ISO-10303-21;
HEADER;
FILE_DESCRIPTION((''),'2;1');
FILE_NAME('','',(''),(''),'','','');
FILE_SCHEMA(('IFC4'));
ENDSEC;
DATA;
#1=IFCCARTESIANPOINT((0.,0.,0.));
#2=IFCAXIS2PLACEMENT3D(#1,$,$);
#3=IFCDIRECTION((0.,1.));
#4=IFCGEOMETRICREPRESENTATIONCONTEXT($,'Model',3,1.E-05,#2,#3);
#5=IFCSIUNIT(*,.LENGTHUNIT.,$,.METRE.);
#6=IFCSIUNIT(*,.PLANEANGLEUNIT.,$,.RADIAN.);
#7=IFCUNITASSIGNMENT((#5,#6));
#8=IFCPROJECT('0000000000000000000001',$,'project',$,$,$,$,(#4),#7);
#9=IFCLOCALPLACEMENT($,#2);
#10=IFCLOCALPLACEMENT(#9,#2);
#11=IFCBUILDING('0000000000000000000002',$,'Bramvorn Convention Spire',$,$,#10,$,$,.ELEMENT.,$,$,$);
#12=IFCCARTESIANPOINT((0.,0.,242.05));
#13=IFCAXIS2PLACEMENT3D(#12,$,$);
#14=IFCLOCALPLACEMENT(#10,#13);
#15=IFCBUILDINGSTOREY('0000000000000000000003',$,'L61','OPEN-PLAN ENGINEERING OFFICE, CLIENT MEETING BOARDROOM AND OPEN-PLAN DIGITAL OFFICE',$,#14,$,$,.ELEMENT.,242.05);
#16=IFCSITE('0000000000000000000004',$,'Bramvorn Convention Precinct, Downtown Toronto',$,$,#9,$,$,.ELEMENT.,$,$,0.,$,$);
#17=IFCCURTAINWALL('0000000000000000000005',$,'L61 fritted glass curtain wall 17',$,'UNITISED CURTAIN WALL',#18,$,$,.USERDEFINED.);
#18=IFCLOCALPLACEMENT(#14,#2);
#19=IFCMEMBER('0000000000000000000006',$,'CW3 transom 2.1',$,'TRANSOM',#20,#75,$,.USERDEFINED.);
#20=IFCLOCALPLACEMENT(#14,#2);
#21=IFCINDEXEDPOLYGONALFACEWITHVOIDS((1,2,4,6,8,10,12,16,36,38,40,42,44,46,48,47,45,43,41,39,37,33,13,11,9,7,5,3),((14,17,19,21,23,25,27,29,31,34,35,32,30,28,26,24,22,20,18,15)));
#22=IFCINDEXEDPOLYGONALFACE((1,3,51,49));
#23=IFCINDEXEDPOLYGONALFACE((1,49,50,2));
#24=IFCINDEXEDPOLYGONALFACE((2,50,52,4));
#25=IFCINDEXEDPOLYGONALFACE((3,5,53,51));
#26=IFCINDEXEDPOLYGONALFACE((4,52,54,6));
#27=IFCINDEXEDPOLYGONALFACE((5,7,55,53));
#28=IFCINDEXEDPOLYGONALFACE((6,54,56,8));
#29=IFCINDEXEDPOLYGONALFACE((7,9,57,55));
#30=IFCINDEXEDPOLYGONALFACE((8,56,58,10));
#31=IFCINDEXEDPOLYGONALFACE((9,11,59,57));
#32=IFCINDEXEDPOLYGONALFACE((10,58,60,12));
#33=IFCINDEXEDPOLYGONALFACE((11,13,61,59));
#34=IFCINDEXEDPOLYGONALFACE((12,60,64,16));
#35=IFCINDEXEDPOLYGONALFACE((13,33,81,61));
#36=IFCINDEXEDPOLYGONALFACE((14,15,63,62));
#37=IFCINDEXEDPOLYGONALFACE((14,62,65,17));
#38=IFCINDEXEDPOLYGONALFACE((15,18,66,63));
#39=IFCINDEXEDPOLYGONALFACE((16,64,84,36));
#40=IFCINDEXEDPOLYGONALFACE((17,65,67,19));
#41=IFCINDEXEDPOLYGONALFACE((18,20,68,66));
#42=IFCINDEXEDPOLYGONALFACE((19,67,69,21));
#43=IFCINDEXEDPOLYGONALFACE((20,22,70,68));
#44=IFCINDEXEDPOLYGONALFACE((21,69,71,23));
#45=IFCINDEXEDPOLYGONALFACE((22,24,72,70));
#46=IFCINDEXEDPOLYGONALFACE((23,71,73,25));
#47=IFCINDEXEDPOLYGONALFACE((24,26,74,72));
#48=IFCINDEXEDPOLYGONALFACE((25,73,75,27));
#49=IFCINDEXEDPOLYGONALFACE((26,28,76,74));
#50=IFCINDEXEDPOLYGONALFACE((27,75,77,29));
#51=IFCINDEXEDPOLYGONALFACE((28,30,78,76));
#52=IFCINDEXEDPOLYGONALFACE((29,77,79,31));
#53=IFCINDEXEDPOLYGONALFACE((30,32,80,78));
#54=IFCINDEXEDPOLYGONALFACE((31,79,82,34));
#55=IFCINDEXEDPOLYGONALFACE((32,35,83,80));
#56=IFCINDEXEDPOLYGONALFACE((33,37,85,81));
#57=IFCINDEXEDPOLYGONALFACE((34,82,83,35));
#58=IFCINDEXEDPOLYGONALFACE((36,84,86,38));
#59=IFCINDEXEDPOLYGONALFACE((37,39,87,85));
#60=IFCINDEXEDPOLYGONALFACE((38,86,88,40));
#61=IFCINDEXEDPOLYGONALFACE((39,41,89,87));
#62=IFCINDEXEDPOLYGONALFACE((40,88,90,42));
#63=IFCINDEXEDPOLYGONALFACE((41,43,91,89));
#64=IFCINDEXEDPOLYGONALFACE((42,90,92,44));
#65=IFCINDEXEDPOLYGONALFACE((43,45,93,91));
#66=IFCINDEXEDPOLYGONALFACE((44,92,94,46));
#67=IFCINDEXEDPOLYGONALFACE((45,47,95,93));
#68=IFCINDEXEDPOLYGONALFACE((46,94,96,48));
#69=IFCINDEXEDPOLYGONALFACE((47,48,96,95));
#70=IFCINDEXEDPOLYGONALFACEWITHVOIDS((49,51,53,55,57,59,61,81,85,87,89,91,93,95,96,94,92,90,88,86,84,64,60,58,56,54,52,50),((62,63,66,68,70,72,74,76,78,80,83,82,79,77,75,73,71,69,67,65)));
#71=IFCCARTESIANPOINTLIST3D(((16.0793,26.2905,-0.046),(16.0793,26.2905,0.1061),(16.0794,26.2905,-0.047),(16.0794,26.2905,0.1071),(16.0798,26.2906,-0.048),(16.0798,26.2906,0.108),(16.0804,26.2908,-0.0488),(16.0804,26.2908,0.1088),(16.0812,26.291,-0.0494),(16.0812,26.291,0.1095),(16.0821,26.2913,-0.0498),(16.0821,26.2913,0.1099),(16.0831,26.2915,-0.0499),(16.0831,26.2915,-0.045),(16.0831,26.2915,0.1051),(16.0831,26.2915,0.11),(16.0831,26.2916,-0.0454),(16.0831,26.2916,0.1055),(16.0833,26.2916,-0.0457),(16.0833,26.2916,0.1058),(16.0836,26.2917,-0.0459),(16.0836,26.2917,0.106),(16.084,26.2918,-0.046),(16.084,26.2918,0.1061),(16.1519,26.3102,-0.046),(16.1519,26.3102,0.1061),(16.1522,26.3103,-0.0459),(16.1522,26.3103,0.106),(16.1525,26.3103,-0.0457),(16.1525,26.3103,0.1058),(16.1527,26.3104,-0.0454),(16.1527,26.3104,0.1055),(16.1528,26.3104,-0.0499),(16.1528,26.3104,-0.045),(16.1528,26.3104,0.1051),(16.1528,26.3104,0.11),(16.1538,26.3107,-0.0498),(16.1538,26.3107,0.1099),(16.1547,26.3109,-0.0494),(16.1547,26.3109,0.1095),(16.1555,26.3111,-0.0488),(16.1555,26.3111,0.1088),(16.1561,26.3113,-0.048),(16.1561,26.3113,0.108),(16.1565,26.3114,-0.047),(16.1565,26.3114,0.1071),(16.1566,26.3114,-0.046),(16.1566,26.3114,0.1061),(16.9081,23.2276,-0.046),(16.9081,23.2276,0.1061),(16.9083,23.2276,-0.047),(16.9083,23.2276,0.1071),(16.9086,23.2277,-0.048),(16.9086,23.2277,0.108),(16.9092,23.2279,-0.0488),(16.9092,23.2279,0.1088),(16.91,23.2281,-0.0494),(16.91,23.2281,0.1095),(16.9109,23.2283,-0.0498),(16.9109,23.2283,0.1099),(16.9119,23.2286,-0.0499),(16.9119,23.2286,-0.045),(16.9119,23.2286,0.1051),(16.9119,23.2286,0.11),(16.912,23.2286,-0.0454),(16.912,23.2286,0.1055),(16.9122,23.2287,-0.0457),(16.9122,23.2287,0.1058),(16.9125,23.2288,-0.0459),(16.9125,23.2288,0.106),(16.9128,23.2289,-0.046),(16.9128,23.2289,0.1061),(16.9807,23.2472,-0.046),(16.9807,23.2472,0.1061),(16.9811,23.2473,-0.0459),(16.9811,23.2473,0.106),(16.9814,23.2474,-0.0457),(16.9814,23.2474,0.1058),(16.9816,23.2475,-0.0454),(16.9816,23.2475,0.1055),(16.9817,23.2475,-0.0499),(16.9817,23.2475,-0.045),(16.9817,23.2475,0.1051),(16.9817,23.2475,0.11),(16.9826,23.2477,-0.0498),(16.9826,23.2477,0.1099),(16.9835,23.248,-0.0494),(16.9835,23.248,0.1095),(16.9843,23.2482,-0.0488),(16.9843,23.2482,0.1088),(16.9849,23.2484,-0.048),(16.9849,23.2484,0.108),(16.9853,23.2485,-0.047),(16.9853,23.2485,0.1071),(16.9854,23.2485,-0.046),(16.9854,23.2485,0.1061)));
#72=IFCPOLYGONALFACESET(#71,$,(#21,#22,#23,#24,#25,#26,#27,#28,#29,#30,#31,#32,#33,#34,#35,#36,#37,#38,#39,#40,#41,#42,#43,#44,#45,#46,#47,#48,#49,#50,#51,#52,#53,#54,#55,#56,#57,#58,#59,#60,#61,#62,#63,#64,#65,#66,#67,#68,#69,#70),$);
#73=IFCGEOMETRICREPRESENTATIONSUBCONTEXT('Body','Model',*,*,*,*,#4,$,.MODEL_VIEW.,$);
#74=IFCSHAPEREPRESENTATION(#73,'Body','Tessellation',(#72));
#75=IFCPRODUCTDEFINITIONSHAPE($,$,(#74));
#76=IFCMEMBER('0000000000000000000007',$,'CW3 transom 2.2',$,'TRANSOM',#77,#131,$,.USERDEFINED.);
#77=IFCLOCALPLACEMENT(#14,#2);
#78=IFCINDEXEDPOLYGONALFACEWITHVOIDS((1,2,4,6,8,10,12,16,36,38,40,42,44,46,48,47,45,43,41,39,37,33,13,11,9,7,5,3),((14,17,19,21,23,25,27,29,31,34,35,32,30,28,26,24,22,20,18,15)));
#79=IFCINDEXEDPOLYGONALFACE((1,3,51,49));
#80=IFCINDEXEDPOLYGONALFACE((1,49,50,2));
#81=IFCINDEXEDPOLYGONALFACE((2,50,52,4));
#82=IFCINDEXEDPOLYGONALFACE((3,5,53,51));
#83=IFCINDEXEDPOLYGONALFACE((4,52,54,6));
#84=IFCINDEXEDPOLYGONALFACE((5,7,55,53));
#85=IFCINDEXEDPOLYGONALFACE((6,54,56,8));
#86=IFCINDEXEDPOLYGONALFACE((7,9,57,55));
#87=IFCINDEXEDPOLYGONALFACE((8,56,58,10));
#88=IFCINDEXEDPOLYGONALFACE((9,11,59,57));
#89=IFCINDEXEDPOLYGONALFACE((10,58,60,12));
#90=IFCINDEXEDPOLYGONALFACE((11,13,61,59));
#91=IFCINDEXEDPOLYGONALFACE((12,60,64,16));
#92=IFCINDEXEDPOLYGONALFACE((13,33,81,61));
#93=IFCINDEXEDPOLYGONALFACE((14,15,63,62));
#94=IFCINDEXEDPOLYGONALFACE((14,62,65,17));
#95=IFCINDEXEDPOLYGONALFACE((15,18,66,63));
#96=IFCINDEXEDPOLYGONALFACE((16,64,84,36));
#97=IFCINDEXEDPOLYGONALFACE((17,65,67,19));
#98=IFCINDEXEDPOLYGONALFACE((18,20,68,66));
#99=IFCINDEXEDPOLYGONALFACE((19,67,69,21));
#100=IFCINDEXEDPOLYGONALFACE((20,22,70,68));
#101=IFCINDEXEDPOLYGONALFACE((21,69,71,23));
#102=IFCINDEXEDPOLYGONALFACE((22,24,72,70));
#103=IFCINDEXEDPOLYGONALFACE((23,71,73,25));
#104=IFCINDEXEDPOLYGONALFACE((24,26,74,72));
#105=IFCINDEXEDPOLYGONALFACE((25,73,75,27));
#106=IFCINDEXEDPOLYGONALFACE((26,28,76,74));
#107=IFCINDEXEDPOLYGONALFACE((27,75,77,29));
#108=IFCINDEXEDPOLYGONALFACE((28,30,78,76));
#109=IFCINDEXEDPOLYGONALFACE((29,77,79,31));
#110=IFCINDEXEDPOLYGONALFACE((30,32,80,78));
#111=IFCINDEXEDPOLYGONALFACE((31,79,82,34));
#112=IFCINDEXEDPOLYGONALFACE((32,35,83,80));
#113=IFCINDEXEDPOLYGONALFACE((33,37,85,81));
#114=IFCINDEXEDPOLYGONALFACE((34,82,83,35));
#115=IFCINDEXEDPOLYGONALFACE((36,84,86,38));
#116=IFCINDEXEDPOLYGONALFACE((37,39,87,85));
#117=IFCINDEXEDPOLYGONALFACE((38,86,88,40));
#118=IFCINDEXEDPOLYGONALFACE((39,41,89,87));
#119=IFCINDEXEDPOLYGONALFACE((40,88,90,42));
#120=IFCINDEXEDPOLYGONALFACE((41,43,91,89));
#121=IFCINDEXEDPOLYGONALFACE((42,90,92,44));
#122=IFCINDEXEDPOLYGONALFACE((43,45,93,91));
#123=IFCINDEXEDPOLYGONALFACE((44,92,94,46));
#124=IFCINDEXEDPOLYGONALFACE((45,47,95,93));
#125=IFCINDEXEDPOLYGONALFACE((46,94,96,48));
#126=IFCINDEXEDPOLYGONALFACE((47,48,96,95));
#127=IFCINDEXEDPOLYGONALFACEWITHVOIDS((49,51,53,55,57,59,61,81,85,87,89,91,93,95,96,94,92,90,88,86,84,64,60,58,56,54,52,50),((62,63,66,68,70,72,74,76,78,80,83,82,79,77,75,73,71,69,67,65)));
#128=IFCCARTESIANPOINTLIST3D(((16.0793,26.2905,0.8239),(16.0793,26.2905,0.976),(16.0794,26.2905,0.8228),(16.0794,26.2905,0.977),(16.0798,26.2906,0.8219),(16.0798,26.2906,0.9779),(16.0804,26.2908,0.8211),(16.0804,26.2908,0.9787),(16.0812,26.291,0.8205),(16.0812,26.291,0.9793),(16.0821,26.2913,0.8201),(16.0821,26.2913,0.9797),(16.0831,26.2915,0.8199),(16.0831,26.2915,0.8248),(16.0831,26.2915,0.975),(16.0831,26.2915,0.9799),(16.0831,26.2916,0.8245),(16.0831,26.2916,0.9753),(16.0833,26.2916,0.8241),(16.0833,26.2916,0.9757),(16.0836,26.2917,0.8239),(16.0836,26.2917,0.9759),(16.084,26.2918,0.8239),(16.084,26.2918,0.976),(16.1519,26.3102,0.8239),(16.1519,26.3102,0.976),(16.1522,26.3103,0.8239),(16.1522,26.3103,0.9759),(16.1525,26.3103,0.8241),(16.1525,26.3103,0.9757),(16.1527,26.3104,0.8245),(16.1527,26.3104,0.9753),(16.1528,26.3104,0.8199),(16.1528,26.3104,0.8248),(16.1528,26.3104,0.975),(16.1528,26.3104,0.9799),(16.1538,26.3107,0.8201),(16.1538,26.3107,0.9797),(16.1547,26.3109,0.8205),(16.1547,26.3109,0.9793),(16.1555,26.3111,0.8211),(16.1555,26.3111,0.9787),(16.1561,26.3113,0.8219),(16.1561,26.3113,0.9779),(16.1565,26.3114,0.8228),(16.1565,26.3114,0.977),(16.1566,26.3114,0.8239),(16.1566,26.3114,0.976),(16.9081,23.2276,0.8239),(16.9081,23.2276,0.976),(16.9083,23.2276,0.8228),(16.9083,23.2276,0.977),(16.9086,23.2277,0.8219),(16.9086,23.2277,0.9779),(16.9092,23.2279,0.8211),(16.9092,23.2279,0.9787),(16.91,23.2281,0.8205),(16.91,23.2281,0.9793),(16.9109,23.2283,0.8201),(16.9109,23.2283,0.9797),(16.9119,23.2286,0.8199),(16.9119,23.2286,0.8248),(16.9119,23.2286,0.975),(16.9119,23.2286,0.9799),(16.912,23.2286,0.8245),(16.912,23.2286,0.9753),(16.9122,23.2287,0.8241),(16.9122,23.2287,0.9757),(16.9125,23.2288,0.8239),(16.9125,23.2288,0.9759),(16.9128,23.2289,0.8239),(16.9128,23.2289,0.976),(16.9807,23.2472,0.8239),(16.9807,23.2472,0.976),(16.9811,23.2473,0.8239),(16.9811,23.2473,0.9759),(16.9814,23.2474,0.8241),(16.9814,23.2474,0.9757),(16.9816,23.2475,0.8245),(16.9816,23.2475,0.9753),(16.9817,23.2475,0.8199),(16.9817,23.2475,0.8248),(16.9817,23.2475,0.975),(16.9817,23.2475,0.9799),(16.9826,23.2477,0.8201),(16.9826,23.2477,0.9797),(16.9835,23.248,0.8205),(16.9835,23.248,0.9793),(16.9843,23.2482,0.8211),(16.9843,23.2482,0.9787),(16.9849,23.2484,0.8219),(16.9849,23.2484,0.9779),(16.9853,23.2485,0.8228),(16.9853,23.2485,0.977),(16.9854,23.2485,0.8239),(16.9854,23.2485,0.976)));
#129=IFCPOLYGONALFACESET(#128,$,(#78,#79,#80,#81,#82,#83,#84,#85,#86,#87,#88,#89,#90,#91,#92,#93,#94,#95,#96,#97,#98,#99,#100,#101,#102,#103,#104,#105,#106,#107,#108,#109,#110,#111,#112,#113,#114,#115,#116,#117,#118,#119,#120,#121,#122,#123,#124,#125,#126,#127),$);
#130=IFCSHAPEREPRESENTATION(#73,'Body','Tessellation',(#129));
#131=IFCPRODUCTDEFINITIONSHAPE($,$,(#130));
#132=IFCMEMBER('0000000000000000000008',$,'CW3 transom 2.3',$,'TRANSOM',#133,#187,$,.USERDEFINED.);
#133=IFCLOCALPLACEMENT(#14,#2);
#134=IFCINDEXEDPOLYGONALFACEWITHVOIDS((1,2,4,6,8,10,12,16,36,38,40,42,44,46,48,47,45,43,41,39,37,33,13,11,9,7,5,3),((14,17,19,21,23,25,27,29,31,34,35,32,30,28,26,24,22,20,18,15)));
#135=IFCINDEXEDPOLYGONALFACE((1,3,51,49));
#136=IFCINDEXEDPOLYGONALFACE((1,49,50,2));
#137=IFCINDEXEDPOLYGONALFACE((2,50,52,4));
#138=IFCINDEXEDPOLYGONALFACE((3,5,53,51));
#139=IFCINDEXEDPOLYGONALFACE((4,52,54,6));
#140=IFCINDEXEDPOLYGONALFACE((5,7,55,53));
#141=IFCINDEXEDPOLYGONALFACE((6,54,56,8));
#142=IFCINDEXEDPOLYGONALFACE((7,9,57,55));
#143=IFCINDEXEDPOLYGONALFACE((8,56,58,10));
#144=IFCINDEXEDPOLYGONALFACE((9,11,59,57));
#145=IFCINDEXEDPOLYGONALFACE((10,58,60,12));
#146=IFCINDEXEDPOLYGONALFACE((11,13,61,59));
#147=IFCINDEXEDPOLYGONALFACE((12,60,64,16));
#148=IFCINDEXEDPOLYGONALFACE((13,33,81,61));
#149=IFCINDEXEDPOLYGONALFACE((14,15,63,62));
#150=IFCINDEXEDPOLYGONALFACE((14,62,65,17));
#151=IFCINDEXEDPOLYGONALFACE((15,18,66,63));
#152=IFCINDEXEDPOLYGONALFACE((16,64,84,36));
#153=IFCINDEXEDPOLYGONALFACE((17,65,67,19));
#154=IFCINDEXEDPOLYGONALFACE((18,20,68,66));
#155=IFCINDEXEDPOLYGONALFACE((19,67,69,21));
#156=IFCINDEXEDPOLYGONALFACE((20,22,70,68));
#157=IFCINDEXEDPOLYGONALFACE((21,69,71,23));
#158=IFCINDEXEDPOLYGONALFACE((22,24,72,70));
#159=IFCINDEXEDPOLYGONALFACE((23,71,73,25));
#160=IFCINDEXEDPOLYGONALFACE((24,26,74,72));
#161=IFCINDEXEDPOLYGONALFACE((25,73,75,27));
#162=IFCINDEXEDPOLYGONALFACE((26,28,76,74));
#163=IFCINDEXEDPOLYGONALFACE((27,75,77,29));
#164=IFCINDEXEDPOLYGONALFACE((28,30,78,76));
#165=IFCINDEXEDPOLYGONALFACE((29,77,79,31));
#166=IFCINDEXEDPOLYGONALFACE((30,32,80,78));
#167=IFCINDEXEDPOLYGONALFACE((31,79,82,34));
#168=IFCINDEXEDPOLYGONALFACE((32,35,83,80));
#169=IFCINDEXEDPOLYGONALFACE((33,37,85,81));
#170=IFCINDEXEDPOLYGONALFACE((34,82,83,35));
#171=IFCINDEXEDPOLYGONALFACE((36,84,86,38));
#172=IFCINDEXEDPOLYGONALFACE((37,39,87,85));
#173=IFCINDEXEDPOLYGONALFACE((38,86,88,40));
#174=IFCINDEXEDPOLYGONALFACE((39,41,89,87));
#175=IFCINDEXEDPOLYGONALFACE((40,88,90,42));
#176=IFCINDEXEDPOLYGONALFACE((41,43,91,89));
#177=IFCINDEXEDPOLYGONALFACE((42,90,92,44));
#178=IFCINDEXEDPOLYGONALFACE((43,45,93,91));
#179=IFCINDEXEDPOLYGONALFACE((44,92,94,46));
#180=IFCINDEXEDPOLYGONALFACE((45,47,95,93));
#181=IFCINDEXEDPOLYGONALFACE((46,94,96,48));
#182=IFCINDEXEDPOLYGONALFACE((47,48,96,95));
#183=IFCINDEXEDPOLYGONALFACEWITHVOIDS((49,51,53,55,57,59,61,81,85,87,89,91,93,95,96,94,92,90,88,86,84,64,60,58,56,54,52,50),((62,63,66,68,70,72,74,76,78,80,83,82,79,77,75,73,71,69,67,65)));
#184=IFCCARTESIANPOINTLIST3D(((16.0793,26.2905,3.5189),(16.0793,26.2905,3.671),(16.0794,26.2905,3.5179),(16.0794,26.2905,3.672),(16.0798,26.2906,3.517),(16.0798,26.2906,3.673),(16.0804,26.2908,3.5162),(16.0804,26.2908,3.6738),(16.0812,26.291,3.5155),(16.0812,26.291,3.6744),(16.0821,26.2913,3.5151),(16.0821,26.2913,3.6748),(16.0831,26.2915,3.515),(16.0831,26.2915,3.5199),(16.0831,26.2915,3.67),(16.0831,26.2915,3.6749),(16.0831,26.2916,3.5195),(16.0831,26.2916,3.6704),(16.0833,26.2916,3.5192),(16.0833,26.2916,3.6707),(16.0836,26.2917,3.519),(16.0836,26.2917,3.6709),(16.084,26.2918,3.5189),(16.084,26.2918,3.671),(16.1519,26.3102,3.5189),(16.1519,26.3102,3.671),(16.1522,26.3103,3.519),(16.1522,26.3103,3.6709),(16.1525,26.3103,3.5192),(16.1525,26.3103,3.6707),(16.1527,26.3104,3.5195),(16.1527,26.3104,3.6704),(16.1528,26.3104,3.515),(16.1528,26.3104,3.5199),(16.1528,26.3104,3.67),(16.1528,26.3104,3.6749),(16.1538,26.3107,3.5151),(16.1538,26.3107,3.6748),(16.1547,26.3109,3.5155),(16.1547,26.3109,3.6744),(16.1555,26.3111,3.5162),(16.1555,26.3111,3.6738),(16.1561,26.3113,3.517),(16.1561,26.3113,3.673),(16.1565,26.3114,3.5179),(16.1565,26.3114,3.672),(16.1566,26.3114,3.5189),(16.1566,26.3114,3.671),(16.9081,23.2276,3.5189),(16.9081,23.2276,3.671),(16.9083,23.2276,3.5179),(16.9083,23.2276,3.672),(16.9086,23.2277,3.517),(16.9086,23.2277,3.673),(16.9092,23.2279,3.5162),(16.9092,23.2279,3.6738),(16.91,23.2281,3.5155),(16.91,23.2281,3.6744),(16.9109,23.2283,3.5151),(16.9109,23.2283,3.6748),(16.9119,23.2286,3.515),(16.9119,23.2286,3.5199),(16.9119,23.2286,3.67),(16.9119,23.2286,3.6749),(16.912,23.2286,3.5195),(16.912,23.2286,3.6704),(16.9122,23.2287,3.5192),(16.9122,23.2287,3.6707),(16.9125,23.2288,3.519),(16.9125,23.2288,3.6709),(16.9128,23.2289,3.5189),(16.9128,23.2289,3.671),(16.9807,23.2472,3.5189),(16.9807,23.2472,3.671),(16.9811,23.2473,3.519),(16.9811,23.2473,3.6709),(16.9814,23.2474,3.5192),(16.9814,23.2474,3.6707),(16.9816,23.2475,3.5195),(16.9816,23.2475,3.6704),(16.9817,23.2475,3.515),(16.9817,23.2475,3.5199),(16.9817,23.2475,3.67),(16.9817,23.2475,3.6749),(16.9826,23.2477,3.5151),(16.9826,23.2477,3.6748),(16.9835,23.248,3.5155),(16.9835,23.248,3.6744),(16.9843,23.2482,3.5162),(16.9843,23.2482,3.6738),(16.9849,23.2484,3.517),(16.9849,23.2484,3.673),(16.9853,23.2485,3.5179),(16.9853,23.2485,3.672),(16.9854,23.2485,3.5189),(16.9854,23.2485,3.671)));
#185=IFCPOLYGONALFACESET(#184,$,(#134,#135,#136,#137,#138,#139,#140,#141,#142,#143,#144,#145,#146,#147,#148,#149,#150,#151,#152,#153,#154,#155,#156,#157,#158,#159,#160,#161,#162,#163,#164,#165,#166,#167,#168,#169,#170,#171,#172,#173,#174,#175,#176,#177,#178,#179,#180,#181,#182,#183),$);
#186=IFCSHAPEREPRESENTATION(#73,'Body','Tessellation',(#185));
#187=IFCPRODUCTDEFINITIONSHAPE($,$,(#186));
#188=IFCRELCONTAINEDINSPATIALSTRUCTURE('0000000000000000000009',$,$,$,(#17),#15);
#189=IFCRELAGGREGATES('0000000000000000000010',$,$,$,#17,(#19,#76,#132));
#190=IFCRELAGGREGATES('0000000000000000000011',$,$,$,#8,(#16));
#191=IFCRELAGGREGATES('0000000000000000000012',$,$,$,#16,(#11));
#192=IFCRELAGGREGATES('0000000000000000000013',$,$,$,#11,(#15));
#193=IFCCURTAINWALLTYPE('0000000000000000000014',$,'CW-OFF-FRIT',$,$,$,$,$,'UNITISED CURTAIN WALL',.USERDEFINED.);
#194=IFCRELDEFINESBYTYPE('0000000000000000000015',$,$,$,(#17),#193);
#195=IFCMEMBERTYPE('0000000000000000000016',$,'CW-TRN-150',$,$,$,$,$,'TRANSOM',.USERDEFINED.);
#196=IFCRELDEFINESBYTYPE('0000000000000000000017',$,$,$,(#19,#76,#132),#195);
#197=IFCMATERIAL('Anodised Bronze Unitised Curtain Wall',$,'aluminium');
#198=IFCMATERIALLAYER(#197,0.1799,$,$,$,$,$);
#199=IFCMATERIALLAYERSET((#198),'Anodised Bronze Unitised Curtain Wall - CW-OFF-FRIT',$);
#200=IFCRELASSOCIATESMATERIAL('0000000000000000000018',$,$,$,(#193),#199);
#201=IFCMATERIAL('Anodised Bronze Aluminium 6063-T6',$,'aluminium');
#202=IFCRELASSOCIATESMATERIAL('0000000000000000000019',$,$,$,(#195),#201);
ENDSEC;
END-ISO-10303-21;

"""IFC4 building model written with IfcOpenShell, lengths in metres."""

from ifc_helpers import new_model, si_unit, direction, frame, origin, origin_2d, place, context, subcontext, project, spatial, hollow_rectangle, extrude, material, layer, layer_set, material_profile, profile_set, type_object, element, aggregate, save


model = new_model("IFC4")

# Units and contexts
model_context = context("Model", 3, precision=1e-05, world=origin(), true_north=direction((0.0, 1.0)))
body_context = subcontext(model_context, "Body", "Model", "MODEL_VIEW")
ifc_project = project(units=[si_unit("LENGTHUNIT", "METRE"), si_unit("PLANEANGLEUNIT", "RADIAN")], contexts=[model_context])

# Site, building, storey
site_placement = place(None, origin())
site = spatial("IfcSite", under=ifc_project, at=site_placement, Name="Bramvorn Convention Precinct, Downtown Toronto", CompositionType="ELEMENT", RefElevation=0.0)
building_placement = place(site_placement, origin())
building = spatial("IfcBuilding", under=site, at=building_placement, Name="Bramvorn Convention Spire", CompositionType="ELEMENT")
storey_placement = place(building_placement, frame((0.0, 0.0, 242.05)))
storey = spatial("IfcBuildingStorey", under=building, at=storey_placement, Name="L61", Description="OPEN-PLAN ENGINEERING OFFICE, CLIENT MEETING BOARDROOM AND OPEN-PLAN DIGITAL OFFICE", CompositionType="ELEMENT", Elevation=242.05)

# Curtain wall, members
ifc_material_1 = material(Name="Anodised Bronze Unitised Curtain Wall", Category="aluminium")
ifc_layer_1 = layer(ifc_material_1, 0.1799)
ifc_layer_set_1 = layer_set([ifc_layer_1], Name="Anodised Bronze Unitised Curtain Wall - CW-OFF-FRIT")
curtain_wall_type = type_object("IfcCurtainWallType", Name="CW-OFF-FRIT", ElementType="UNITISED CURTAIN WALL", PredefinedType="USERDEFINED", material=ifc_layer_set_1)
curtain_wall_placement = place(storey_placement, origin())
curtain_wall = element("IfcCurtainWall", 1, at=curtain_wall_placement, inside=storey, type_object=curtain_wall_type, Name="L61 fritted glass curtain wall 17", ObjectType="UNITISED CURTAIN WALL", PredefinedType="USERDEFINED")
ifc_material_2 = material(Name="Anodised Bronze Aluminium 6063-T6", Category="aluminium")
ifc_material_profile_1 = material_profile(ifc_material_2, hollow_rectangle(XDim=0.0801, YDim=0.1599, WallThickness=0.0039, InnerFilletRadius=0.001, OuterFilletRadius=0.0039, at=origin_2d()))
ifc_profile_set_1 = profile_set([ifc_material_profile_1], Name="Anodised Bronze Aluminium 6063-T6 - CWT80X160")
member_type_1 = type_object("IfcMemberType", Name="CW-TRN-150", ElementType="TRANSOM", PredefinedType="USERDEFINED", material=ifc_profile_set_1)
member_1_placement = place(storey_placement, frame((16.9468, 23.238, 0.03), z_axis=(-0.261209, 0.965282, 0.0), x_axis=(-0.965282, -0.261209, 0.0)))
member_1 = element("IfcMember", 2, at=member_1_placement, type_object=member_type_1, Name="CW3 transom 2.1", ObjectType="TRANSOM", PredefinedType="USERDEFINED", context=body_context, shape_type="SweptSolid", body=[
    extrude(hollow_rectangle(XDim=0.0801, YDim=0.1599, WallThickness=0.0039, InnerFilletRadius=0.001, OuterFilletRadius=0.0039, at=origin_2d()), origin(), (0.0, 0.0, 1.0), 3.1731),
])
member_2_placement = place(storey_placement, frame((16.9468, 23.238, 0.8999), z_axis=(-0.261209, 0.965282, 0.0), x_axis=(-0.965282, -0.261209, 0.0)))
member_2 = element("IfcMember", 3, at=member_2_placement, type_object=member_type_1, Name="CW3 transom 2.2", ObjectType="TRANSOM", PredefinedType="USERDEFINED", context=body_context, shape_type="SweptSolid", body=[
    extrude(hollow_rectangle(XDim=0.0801, YDim=0.1599, WallThickness=0.0039, InnerFilletRadius=0.001, OuterFilletRadius=0.0039, at=origin_2d()), origin(), (0.0, 0.0, 1.0), 3.1731),
])
member_3_placement = place(storey_placement, frame((16.9468, 23.238, 3.595), z_axis=(-0.261209, 0.965282, 0.0), x_axis=(-0.965282, -0.261209, 0.0)))
member_3 = element("IfcMember", 4, at=member_3_placement, type_object=member_type_1, Name="CW3 transom 2.3", ObjectType="TRANSOM", PredefinedType="USERDEFINED", context=body_context, shape_type="SweptSolid", body=[
    extrude(hollow_rectangle(XDim=0.0801, YDim=0.1599, WallThickness=0.0039, InnerFilletRadius=0.001, OuterFilletRadius=0.0039, at=origin_2d()), origin(), (0.0, 0.0, 1.0), 3.1731),
])

aggregate(curtain_wall, [member_1, member_2, member_3])

save(model, "model.ifc")
